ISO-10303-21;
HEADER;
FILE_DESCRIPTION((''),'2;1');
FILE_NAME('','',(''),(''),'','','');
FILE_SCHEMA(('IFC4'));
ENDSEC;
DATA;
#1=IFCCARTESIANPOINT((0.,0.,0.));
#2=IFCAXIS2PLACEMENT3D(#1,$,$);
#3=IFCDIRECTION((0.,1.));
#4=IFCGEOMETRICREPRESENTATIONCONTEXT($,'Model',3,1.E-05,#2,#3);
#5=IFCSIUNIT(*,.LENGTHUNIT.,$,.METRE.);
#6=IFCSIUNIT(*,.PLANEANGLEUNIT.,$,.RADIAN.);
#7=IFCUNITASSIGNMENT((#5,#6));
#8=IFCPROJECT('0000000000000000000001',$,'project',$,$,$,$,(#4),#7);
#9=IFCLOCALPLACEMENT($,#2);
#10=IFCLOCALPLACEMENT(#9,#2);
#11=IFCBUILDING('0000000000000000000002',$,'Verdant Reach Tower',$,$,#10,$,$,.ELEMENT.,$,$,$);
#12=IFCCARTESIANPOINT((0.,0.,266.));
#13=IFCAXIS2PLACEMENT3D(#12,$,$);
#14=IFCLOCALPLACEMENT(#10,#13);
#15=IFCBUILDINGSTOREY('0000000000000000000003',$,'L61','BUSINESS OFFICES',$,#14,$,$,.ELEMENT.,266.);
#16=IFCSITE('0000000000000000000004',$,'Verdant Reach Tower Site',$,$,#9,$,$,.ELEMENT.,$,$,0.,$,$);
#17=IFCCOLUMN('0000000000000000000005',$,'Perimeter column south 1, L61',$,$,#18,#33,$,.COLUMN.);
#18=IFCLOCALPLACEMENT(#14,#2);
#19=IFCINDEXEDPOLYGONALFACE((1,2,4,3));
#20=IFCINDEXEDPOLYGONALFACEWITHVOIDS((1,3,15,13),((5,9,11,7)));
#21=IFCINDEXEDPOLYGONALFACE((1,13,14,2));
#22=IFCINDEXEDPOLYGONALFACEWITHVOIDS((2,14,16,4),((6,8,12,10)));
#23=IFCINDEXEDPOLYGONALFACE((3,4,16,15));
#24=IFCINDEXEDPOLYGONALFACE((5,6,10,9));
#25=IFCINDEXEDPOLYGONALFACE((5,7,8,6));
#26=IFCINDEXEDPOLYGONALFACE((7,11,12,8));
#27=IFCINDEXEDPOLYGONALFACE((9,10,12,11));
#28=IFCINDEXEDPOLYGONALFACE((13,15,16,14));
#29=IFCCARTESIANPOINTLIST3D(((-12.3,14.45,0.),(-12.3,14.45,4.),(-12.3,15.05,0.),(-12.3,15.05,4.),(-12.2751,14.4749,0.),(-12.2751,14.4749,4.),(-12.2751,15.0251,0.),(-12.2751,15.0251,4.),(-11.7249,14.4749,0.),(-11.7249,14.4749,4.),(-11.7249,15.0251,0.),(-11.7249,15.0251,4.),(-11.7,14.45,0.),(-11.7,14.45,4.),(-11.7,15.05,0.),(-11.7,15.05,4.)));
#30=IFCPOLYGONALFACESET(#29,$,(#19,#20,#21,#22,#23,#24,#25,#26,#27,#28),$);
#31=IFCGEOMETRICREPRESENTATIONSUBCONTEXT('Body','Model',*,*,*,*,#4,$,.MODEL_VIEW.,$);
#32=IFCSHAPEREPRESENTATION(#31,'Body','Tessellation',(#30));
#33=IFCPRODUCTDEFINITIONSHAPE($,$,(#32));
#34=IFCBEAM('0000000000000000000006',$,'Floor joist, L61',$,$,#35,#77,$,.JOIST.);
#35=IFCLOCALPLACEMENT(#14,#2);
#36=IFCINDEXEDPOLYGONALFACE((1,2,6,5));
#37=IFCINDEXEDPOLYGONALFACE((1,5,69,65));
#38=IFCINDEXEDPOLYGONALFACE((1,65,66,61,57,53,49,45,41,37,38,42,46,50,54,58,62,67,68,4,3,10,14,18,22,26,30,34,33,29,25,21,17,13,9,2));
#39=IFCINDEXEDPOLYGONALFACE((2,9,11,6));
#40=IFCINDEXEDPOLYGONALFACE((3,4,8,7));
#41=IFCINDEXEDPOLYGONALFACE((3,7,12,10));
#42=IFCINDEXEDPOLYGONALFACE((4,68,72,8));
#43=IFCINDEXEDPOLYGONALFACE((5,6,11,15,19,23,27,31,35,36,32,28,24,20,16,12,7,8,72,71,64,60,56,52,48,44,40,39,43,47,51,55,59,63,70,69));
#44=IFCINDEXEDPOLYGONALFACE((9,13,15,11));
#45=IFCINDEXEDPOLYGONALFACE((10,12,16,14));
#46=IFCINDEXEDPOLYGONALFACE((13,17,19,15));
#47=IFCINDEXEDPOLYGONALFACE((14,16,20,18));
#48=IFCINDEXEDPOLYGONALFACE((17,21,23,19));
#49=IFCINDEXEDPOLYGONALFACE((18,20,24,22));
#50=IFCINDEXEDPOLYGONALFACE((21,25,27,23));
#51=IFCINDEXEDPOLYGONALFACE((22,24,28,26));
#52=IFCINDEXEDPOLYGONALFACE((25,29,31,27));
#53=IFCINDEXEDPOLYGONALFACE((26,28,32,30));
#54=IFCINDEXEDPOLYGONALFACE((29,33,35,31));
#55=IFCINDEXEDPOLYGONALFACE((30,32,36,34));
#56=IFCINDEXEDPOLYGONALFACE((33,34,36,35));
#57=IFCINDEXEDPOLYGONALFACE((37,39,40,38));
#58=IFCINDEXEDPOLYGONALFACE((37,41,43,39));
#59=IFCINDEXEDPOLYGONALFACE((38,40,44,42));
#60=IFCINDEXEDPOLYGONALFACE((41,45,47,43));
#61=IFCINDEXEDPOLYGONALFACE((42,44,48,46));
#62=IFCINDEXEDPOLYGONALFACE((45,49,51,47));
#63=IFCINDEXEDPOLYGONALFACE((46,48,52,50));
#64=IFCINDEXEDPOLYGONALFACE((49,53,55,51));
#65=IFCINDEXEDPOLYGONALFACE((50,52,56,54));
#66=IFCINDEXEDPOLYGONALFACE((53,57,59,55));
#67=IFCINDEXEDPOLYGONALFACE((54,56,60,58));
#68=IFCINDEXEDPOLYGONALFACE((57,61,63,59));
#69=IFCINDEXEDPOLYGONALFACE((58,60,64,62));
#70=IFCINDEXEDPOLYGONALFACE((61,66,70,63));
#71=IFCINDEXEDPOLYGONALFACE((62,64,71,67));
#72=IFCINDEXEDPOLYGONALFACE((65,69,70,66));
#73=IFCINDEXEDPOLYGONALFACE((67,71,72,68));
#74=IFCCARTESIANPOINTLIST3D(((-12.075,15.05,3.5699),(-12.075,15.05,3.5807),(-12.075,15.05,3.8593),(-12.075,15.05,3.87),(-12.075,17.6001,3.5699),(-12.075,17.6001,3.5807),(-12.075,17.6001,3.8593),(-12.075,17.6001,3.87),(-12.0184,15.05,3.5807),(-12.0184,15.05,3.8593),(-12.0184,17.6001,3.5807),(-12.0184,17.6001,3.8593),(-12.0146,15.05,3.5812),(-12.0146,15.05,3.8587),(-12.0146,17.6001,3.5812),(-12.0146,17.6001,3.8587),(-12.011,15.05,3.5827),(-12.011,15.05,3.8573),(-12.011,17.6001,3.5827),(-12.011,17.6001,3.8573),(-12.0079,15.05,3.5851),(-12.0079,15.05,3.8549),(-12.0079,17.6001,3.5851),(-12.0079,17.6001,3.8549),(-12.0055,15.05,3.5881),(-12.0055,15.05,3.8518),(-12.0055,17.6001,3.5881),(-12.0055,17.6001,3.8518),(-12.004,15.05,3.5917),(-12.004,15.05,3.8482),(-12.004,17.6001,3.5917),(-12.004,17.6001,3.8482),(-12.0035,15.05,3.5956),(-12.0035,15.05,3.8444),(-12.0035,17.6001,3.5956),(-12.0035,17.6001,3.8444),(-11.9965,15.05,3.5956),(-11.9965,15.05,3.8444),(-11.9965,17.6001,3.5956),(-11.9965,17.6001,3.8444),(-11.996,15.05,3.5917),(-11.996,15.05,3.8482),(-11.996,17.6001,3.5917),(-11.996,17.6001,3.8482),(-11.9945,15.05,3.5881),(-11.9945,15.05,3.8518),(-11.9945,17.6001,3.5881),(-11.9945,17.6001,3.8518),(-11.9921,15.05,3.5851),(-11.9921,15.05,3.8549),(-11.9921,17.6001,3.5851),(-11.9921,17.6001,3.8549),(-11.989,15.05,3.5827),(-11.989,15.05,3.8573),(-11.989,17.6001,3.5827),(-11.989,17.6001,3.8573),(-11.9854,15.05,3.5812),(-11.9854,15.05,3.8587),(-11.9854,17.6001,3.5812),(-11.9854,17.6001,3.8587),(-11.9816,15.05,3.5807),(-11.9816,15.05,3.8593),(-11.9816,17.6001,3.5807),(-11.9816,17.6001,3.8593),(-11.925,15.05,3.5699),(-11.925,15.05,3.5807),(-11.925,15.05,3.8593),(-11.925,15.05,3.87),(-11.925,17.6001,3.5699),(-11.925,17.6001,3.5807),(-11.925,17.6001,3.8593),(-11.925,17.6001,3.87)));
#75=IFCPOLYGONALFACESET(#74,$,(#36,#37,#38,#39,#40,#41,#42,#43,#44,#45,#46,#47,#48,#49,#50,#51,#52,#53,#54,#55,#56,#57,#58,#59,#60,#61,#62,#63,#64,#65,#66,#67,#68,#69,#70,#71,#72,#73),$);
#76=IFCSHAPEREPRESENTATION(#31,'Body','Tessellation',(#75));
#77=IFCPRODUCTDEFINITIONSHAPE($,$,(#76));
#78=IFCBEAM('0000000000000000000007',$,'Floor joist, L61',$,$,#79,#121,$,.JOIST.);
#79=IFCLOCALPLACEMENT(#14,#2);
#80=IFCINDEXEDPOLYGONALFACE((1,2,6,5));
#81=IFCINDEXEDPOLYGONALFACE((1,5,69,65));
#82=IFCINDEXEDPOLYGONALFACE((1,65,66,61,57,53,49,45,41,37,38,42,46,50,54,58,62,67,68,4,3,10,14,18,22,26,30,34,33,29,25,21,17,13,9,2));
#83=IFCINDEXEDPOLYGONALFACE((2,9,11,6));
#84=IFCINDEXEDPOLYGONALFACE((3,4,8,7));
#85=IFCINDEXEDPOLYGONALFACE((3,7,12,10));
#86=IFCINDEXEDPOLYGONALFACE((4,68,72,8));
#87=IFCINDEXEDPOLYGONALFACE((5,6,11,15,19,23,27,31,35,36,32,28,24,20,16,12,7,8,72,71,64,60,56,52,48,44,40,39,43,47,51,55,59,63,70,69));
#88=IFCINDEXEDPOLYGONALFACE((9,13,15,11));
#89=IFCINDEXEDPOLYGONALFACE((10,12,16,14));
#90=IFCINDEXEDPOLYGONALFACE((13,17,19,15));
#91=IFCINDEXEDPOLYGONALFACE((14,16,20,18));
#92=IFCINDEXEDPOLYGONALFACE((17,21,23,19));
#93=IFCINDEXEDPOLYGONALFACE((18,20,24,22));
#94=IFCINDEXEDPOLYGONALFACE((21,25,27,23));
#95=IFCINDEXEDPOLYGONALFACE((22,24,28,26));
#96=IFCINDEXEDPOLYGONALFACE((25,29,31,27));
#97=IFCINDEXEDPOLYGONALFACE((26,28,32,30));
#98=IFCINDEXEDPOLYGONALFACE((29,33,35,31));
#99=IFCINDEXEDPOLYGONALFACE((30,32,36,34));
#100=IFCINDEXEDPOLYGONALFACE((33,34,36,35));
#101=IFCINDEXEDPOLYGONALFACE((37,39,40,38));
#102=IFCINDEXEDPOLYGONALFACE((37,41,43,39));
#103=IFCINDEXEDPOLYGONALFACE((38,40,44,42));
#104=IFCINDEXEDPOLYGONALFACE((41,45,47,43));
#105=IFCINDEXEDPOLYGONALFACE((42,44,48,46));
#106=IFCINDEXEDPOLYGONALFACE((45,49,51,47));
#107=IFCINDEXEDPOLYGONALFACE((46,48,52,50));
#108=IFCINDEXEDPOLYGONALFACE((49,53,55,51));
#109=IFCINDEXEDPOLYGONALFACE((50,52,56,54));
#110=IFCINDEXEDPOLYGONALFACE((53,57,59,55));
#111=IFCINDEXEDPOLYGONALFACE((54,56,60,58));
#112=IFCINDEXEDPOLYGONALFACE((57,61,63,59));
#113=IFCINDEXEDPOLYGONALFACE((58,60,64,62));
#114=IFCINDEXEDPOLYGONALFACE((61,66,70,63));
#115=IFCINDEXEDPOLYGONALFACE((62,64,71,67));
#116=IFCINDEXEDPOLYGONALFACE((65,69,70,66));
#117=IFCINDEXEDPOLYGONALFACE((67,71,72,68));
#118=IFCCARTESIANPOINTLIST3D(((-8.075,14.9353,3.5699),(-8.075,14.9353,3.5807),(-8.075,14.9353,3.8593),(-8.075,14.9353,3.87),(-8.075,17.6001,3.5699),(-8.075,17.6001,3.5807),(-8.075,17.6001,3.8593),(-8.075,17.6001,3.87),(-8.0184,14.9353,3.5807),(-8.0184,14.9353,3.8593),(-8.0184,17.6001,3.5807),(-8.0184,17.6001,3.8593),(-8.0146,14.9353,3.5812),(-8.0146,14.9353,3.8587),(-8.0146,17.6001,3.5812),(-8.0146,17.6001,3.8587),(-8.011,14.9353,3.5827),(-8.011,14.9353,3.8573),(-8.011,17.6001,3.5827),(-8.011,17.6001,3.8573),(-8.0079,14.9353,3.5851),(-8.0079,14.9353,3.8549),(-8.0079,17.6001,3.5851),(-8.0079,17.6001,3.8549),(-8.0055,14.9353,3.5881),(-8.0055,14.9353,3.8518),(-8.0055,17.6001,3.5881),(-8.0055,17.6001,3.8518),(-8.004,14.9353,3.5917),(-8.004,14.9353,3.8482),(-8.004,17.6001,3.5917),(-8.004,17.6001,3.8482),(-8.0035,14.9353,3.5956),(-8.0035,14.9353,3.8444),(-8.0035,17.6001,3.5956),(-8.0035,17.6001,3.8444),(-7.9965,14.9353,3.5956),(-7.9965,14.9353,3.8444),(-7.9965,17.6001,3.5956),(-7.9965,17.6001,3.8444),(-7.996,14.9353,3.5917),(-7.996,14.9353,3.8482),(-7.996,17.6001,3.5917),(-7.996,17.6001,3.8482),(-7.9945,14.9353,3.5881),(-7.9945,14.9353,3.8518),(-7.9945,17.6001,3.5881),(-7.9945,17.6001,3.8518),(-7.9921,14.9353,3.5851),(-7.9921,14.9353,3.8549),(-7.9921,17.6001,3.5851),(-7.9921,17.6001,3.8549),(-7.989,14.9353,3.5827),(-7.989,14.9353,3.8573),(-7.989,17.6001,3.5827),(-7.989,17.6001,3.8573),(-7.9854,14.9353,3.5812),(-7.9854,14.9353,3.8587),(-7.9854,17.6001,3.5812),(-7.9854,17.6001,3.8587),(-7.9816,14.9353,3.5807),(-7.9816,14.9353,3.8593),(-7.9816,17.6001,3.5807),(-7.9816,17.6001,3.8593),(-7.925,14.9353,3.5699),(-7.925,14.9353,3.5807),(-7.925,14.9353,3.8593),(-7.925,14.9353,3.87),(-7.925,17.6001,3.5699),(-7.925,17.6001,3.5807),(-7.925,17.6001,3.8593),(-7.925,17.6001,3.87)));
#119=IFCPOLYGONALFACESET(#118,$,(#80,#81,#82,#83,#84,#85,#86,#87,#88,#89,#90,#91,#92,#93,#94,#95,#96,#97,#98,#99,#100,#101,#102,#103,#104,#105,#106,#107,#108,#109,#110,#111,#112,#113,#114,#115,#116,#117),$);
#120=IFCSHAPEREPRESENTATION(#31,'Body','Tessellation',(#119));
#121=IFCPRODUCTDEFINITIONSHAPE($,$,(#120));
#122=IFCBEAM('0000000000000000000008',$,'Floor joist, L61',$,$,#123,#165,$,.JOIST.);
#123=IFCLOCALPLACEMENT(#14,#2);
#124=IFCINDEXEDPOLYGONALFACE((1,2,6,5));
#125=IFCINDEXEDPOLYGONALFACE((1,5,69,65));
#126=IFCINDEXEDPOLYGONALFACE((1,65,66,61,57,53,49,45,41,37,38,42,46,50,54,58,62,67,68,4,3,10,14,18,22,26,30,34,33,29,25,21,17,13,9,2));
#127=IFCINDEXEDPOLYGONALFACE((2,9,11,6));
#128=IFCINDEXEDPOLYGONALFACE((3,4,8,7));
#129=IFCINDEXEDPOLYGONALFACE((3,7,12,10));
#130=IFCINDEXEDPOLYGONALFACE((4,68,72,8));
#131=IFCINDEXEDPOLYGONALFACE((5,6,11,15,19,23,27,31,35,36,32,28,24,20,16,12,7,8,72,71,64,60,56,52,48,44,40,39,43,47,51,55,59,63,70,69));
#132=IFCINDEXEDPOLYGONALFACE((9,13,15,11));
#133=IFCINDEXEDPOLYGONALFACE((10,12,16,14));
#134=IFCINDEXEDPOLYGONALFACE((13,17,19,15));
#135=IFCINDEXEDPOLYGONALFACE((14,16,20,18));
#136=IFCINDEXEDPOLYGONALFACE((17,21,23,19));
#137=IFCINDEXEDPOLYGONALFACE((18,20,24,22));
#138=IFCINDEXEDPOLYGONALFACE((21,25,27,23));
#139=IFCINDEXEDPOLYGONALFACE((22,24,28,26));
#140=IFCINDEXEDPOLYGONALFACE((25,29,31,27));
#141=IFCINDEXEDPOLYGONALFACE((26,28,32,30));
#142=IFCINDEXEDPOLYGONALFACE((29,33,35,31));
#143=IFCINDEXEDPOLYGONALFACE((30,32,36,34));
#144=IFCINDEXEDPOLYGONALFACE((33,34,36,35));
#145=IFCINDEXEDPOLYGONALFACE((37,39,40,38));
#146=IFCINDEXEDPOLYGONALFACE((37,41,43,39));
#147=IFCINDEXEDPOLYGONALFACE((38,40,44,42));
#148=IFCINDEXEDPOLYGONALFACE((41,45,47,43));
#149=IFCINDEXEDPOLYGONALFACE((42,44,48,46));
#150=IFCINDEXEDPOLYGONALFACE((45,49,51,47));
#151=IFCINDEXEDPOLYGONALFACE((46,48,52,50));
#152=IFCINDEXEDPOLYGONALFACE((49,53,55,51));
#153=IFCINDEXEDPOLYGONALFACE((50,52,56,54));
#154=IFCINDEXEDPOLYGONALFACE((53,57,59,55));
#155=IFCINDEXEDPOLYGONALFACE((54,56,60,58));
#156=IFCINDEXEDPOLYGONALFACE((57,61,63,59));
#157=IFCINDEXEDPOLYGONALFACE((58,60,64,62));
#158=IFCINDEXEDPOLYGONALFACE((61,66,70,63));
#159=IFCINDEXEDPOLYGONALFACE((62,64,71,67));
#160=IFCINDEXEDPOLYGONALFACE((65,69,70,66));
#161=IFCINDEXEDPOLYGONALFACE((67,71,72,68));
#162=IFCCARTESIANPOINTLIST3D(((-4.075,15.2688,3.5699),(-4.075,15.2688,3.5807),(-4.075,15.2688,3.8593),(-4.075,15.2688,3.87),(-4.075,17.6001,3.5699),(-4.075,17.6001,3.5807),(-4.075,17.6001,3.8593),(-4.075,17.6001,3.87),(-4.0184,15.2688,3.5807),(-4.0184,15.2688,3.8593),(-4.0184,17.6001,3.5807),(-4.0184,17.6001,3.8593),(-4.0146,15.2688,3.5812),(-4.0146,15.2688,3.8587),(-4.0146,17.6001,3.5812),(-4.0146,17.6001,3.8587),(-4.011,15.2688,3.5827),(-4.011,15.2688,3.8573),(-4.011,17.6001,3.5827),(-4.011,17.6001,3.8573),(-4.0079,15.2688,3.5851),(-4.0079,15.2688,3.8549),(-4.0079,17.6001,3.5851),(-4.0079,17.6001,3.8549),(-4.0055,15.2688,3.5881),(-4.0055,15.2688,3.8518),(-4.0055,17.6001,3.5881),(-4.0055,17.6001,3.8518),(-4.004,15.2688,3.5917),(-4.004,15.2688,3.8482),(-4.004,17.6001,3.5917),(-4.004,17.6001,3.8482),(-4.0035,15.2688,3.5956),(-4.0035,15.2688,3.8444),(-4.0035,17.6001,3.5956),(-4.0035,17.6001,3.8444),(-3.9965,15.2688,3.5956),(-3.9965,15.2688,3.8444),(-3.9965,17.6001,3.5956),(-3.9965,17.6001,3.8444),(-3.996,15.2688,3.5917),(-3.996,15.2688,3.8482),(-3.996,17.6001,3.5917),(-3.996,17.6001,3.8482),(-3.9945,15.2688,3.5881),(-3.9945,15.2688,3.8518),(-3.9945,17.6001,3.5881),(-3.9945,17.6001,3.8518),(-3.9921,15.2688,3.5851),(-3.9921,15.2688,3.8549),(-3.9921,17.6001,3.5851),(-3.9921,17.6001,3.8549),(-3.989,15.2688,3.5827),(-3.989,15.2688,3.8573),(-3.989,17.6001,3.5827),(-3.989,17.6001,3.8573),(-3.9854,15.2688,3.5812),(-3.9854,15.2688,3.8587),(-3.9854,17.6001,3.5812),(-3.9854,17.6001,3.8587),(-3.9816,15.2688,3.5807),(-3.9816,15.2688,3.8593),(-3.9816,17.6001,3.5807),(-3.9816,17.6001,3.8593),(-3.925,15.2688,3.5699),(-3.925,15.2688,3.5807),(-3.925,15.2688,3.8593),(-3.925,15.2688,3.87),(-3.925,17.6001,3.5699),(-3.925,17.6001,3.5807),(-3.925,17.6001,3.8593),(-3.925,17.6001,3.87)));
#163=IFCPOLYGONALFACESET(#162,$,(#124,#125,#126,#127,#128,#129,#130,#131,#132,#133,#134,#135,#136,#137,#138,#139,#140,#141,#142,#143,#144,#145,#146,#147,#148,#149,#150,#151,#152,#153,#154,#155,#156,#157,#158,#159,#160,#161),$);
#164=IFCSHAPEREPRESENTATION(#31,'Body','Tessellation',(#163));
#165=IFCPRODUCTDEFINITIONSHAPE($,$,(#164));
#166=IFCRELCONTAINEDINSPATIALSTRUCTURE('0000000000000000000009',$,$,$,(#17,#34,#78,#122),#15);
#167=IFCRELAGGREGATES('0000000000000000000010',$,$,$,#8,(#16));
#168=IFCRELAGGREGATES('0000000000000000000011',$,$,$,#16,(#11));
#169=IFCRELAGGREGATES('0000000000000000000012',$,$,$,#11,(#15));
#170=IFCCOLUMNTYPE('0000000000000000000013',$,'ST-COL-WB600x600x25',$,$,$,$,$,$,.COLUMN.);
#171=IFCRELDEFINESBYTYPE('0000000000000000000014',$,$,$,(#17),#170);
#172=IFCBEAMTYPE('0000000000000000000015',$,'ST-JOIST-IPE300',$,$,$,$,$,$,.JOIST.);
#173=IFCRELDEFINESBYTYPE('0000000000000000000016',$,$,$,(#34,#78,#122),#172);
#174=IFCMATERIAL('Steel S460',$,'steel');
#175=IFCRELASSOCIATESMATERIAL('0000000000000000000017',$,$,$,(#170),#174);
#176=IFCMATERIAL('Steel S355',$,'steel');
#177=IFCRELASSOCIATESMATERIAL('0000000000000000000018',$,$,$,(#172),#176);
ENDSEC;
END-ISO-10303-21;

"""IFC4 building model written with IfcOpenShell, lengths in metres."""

from ifc_helpers import new_model, si_unit, direction, frame, origin, origin_2d, place, context, subcontext, project, spatial, hollow_rectangle, i_section, extrude, material, material_profile, profile_set, type_object, element, save


model = new_model("IFC4")

# Units and contexts
model_context = context("Model", 3, precision=1e-05, world=origin(), true_north=direction((0.0, 1.0)))
body_context = subcontext(model_context, "Body", "Model", "MODEL_VIEW")
ifc_project = project(units=[si_unit("LENGTHUNIT", "METRE"), si_unit("PLANEANGLEUNIT", "RADIAN")], contexts=[model_context])

# Site, building, storey
site_placement = place(None, origin())
site = spatial("IfcSite", under=ifc_project, at=site_placement, Name="Verdant Reach Tower Site", CompositionType="ELEMENT", RefElevation=0.0)
building_placement = place(site_placement, origin())
building = spatial("IfcBuilding", under=site, at=building_placement, Name="Verdant Reach Tower", CompositionType="ELEMENT")
storey_placement = place(building_placement, frame((0.0, 0.0, 266.0)))
storey = spatial("IfcBuildingStorey", under=building, at=storey_placement, Name="L61", Description="BUSINESS OFFICES", CompositionType="ELEMENT", Elevation=266.0)

# Column
ifc_material_1 = material(Name="Steel S460", Category="steel")
ifc_material_profile_1 = material_profile(ifc_material_1, hollow_rectangle(XDim=0.6001, YDim=0.6001, WallThickness=0.0249, at=origin_2d()), Name="WB 600x600x25")
ifc_profile_set_1 = profile_set([ifc_material_profile_1], Name="Steel S460")
column_type = type_object("IfcColumnType", Name="ST-COL-WB600x600x25", PredefinedType="COLUMN", material=ifc_profile_set_1)
column_placement = place(storey_placement, frame((-12.0, 14.75, 0.0), z_axis=(0.0, 0.0, 1.0), x_axis=(1.0, 0.0, 0.0)))
element("IfcColumn", 1, at=column_placement, inside=storey, type_object=column_type, Name="Perimeter column south 1, L61", PredefinedType="COLUMN", context=body_context, shape_type="SweptSolid", body=[
    extrude(hollow_rectangle(XDim=0.6001, YDim=0.6001, WallThickness=0.0249, at=origin_2d()), origin(), (0.0, 0.0, 1.0), 4.0),
])

# Beams
ifc_material_2 = material(Name="Steel S355", Category="steel")
ifc_material_profile_2 = material_profile(ifc_material_2, i_section(OverallWidth=0.1499, OverallDepth=0.3, WebThickness=0.0071, FlangeThickness=0.0107, FilletRadius=0.0149, at=origin_2d()), Name="IPE 300")
ifc_profile_set_2 = profile_set([ifc_material_profile_2], Name="Steel S355")
beam_type_1 = type_object("IfcBeamType", Name="ST-JOIST-IPE300", PredefinedType="JOIST", material=ifc_profile_set_2)
beam_1_placement = place(storey_placement, frame((-12.0, 17.6001, 3.72), z_axis=(0.0, -1.0, 0.0), x_axis=(1.0, 0.0, 0.0)))
element("IfcBeam", 2, at=beam_1_placement, inside=storey, type_object=beam_type_1, Name="Floor joist, L61", PredefinedType="JOIST", context=body_context, shape_type="SweptSolid", body=[
    extrude(i_section(OverallWidth=0.1499, OverallDepth=0.3, WebThickness=0.0071, FlangeThickness=0.0107, FilletRadius=0.0149, at=origin_2d()), origin(), (0.0, 0.0, 1.0), 2.55),
])
beam_2_placement = place(storey_placement, frame((-8.0, 17.6001, 3.72), z_axis=(0.0, -1.0, 0.0), x_axis=(1.0, 0.0, 0.0)))
element("IfcBeam", 3, at=beam_2_placement, inside=storey, type_object=beam_type_1, Name="Floor joist, L61", PredefinedType="JOIST", context=body_context, shape_type="SweptSolid", body=[
    extrude(i_section(OverallWidth=0.1499, OverallDepth=0.3, WebThickness=0.0071, FlangeThickness=0.0107, FilletRadius=0.0149, at=origin_2d()), origin(), (0.0, 0.0, 1.0), 2.6648),
])
beam_3_placement = place(storey_placement, frame((-4.0, 17.6001, 3.72), z_axis=(0.0, -1.0, 0.0), x_axis=(1.0, 0.0, 0.0)))
element("IfcBeam", 4, at=beam_3_placement, inside=storey, type_object=beam_type_1, Name="Floor joist, L61", PredefinedType="JOIST", context=body_context, shape_type="SweptSolid", body=[
    extrude(i_section(OverallWidth=0.1499, OverallDepth=0.3, WebThickness=0.0071, FlangeThickness=0.0107, FilletRadius=0.0149, at=origin_2d()), origin(), (0.0, 0.0, 1.0), 2.3313),
])

save(model, "model.ifc")
